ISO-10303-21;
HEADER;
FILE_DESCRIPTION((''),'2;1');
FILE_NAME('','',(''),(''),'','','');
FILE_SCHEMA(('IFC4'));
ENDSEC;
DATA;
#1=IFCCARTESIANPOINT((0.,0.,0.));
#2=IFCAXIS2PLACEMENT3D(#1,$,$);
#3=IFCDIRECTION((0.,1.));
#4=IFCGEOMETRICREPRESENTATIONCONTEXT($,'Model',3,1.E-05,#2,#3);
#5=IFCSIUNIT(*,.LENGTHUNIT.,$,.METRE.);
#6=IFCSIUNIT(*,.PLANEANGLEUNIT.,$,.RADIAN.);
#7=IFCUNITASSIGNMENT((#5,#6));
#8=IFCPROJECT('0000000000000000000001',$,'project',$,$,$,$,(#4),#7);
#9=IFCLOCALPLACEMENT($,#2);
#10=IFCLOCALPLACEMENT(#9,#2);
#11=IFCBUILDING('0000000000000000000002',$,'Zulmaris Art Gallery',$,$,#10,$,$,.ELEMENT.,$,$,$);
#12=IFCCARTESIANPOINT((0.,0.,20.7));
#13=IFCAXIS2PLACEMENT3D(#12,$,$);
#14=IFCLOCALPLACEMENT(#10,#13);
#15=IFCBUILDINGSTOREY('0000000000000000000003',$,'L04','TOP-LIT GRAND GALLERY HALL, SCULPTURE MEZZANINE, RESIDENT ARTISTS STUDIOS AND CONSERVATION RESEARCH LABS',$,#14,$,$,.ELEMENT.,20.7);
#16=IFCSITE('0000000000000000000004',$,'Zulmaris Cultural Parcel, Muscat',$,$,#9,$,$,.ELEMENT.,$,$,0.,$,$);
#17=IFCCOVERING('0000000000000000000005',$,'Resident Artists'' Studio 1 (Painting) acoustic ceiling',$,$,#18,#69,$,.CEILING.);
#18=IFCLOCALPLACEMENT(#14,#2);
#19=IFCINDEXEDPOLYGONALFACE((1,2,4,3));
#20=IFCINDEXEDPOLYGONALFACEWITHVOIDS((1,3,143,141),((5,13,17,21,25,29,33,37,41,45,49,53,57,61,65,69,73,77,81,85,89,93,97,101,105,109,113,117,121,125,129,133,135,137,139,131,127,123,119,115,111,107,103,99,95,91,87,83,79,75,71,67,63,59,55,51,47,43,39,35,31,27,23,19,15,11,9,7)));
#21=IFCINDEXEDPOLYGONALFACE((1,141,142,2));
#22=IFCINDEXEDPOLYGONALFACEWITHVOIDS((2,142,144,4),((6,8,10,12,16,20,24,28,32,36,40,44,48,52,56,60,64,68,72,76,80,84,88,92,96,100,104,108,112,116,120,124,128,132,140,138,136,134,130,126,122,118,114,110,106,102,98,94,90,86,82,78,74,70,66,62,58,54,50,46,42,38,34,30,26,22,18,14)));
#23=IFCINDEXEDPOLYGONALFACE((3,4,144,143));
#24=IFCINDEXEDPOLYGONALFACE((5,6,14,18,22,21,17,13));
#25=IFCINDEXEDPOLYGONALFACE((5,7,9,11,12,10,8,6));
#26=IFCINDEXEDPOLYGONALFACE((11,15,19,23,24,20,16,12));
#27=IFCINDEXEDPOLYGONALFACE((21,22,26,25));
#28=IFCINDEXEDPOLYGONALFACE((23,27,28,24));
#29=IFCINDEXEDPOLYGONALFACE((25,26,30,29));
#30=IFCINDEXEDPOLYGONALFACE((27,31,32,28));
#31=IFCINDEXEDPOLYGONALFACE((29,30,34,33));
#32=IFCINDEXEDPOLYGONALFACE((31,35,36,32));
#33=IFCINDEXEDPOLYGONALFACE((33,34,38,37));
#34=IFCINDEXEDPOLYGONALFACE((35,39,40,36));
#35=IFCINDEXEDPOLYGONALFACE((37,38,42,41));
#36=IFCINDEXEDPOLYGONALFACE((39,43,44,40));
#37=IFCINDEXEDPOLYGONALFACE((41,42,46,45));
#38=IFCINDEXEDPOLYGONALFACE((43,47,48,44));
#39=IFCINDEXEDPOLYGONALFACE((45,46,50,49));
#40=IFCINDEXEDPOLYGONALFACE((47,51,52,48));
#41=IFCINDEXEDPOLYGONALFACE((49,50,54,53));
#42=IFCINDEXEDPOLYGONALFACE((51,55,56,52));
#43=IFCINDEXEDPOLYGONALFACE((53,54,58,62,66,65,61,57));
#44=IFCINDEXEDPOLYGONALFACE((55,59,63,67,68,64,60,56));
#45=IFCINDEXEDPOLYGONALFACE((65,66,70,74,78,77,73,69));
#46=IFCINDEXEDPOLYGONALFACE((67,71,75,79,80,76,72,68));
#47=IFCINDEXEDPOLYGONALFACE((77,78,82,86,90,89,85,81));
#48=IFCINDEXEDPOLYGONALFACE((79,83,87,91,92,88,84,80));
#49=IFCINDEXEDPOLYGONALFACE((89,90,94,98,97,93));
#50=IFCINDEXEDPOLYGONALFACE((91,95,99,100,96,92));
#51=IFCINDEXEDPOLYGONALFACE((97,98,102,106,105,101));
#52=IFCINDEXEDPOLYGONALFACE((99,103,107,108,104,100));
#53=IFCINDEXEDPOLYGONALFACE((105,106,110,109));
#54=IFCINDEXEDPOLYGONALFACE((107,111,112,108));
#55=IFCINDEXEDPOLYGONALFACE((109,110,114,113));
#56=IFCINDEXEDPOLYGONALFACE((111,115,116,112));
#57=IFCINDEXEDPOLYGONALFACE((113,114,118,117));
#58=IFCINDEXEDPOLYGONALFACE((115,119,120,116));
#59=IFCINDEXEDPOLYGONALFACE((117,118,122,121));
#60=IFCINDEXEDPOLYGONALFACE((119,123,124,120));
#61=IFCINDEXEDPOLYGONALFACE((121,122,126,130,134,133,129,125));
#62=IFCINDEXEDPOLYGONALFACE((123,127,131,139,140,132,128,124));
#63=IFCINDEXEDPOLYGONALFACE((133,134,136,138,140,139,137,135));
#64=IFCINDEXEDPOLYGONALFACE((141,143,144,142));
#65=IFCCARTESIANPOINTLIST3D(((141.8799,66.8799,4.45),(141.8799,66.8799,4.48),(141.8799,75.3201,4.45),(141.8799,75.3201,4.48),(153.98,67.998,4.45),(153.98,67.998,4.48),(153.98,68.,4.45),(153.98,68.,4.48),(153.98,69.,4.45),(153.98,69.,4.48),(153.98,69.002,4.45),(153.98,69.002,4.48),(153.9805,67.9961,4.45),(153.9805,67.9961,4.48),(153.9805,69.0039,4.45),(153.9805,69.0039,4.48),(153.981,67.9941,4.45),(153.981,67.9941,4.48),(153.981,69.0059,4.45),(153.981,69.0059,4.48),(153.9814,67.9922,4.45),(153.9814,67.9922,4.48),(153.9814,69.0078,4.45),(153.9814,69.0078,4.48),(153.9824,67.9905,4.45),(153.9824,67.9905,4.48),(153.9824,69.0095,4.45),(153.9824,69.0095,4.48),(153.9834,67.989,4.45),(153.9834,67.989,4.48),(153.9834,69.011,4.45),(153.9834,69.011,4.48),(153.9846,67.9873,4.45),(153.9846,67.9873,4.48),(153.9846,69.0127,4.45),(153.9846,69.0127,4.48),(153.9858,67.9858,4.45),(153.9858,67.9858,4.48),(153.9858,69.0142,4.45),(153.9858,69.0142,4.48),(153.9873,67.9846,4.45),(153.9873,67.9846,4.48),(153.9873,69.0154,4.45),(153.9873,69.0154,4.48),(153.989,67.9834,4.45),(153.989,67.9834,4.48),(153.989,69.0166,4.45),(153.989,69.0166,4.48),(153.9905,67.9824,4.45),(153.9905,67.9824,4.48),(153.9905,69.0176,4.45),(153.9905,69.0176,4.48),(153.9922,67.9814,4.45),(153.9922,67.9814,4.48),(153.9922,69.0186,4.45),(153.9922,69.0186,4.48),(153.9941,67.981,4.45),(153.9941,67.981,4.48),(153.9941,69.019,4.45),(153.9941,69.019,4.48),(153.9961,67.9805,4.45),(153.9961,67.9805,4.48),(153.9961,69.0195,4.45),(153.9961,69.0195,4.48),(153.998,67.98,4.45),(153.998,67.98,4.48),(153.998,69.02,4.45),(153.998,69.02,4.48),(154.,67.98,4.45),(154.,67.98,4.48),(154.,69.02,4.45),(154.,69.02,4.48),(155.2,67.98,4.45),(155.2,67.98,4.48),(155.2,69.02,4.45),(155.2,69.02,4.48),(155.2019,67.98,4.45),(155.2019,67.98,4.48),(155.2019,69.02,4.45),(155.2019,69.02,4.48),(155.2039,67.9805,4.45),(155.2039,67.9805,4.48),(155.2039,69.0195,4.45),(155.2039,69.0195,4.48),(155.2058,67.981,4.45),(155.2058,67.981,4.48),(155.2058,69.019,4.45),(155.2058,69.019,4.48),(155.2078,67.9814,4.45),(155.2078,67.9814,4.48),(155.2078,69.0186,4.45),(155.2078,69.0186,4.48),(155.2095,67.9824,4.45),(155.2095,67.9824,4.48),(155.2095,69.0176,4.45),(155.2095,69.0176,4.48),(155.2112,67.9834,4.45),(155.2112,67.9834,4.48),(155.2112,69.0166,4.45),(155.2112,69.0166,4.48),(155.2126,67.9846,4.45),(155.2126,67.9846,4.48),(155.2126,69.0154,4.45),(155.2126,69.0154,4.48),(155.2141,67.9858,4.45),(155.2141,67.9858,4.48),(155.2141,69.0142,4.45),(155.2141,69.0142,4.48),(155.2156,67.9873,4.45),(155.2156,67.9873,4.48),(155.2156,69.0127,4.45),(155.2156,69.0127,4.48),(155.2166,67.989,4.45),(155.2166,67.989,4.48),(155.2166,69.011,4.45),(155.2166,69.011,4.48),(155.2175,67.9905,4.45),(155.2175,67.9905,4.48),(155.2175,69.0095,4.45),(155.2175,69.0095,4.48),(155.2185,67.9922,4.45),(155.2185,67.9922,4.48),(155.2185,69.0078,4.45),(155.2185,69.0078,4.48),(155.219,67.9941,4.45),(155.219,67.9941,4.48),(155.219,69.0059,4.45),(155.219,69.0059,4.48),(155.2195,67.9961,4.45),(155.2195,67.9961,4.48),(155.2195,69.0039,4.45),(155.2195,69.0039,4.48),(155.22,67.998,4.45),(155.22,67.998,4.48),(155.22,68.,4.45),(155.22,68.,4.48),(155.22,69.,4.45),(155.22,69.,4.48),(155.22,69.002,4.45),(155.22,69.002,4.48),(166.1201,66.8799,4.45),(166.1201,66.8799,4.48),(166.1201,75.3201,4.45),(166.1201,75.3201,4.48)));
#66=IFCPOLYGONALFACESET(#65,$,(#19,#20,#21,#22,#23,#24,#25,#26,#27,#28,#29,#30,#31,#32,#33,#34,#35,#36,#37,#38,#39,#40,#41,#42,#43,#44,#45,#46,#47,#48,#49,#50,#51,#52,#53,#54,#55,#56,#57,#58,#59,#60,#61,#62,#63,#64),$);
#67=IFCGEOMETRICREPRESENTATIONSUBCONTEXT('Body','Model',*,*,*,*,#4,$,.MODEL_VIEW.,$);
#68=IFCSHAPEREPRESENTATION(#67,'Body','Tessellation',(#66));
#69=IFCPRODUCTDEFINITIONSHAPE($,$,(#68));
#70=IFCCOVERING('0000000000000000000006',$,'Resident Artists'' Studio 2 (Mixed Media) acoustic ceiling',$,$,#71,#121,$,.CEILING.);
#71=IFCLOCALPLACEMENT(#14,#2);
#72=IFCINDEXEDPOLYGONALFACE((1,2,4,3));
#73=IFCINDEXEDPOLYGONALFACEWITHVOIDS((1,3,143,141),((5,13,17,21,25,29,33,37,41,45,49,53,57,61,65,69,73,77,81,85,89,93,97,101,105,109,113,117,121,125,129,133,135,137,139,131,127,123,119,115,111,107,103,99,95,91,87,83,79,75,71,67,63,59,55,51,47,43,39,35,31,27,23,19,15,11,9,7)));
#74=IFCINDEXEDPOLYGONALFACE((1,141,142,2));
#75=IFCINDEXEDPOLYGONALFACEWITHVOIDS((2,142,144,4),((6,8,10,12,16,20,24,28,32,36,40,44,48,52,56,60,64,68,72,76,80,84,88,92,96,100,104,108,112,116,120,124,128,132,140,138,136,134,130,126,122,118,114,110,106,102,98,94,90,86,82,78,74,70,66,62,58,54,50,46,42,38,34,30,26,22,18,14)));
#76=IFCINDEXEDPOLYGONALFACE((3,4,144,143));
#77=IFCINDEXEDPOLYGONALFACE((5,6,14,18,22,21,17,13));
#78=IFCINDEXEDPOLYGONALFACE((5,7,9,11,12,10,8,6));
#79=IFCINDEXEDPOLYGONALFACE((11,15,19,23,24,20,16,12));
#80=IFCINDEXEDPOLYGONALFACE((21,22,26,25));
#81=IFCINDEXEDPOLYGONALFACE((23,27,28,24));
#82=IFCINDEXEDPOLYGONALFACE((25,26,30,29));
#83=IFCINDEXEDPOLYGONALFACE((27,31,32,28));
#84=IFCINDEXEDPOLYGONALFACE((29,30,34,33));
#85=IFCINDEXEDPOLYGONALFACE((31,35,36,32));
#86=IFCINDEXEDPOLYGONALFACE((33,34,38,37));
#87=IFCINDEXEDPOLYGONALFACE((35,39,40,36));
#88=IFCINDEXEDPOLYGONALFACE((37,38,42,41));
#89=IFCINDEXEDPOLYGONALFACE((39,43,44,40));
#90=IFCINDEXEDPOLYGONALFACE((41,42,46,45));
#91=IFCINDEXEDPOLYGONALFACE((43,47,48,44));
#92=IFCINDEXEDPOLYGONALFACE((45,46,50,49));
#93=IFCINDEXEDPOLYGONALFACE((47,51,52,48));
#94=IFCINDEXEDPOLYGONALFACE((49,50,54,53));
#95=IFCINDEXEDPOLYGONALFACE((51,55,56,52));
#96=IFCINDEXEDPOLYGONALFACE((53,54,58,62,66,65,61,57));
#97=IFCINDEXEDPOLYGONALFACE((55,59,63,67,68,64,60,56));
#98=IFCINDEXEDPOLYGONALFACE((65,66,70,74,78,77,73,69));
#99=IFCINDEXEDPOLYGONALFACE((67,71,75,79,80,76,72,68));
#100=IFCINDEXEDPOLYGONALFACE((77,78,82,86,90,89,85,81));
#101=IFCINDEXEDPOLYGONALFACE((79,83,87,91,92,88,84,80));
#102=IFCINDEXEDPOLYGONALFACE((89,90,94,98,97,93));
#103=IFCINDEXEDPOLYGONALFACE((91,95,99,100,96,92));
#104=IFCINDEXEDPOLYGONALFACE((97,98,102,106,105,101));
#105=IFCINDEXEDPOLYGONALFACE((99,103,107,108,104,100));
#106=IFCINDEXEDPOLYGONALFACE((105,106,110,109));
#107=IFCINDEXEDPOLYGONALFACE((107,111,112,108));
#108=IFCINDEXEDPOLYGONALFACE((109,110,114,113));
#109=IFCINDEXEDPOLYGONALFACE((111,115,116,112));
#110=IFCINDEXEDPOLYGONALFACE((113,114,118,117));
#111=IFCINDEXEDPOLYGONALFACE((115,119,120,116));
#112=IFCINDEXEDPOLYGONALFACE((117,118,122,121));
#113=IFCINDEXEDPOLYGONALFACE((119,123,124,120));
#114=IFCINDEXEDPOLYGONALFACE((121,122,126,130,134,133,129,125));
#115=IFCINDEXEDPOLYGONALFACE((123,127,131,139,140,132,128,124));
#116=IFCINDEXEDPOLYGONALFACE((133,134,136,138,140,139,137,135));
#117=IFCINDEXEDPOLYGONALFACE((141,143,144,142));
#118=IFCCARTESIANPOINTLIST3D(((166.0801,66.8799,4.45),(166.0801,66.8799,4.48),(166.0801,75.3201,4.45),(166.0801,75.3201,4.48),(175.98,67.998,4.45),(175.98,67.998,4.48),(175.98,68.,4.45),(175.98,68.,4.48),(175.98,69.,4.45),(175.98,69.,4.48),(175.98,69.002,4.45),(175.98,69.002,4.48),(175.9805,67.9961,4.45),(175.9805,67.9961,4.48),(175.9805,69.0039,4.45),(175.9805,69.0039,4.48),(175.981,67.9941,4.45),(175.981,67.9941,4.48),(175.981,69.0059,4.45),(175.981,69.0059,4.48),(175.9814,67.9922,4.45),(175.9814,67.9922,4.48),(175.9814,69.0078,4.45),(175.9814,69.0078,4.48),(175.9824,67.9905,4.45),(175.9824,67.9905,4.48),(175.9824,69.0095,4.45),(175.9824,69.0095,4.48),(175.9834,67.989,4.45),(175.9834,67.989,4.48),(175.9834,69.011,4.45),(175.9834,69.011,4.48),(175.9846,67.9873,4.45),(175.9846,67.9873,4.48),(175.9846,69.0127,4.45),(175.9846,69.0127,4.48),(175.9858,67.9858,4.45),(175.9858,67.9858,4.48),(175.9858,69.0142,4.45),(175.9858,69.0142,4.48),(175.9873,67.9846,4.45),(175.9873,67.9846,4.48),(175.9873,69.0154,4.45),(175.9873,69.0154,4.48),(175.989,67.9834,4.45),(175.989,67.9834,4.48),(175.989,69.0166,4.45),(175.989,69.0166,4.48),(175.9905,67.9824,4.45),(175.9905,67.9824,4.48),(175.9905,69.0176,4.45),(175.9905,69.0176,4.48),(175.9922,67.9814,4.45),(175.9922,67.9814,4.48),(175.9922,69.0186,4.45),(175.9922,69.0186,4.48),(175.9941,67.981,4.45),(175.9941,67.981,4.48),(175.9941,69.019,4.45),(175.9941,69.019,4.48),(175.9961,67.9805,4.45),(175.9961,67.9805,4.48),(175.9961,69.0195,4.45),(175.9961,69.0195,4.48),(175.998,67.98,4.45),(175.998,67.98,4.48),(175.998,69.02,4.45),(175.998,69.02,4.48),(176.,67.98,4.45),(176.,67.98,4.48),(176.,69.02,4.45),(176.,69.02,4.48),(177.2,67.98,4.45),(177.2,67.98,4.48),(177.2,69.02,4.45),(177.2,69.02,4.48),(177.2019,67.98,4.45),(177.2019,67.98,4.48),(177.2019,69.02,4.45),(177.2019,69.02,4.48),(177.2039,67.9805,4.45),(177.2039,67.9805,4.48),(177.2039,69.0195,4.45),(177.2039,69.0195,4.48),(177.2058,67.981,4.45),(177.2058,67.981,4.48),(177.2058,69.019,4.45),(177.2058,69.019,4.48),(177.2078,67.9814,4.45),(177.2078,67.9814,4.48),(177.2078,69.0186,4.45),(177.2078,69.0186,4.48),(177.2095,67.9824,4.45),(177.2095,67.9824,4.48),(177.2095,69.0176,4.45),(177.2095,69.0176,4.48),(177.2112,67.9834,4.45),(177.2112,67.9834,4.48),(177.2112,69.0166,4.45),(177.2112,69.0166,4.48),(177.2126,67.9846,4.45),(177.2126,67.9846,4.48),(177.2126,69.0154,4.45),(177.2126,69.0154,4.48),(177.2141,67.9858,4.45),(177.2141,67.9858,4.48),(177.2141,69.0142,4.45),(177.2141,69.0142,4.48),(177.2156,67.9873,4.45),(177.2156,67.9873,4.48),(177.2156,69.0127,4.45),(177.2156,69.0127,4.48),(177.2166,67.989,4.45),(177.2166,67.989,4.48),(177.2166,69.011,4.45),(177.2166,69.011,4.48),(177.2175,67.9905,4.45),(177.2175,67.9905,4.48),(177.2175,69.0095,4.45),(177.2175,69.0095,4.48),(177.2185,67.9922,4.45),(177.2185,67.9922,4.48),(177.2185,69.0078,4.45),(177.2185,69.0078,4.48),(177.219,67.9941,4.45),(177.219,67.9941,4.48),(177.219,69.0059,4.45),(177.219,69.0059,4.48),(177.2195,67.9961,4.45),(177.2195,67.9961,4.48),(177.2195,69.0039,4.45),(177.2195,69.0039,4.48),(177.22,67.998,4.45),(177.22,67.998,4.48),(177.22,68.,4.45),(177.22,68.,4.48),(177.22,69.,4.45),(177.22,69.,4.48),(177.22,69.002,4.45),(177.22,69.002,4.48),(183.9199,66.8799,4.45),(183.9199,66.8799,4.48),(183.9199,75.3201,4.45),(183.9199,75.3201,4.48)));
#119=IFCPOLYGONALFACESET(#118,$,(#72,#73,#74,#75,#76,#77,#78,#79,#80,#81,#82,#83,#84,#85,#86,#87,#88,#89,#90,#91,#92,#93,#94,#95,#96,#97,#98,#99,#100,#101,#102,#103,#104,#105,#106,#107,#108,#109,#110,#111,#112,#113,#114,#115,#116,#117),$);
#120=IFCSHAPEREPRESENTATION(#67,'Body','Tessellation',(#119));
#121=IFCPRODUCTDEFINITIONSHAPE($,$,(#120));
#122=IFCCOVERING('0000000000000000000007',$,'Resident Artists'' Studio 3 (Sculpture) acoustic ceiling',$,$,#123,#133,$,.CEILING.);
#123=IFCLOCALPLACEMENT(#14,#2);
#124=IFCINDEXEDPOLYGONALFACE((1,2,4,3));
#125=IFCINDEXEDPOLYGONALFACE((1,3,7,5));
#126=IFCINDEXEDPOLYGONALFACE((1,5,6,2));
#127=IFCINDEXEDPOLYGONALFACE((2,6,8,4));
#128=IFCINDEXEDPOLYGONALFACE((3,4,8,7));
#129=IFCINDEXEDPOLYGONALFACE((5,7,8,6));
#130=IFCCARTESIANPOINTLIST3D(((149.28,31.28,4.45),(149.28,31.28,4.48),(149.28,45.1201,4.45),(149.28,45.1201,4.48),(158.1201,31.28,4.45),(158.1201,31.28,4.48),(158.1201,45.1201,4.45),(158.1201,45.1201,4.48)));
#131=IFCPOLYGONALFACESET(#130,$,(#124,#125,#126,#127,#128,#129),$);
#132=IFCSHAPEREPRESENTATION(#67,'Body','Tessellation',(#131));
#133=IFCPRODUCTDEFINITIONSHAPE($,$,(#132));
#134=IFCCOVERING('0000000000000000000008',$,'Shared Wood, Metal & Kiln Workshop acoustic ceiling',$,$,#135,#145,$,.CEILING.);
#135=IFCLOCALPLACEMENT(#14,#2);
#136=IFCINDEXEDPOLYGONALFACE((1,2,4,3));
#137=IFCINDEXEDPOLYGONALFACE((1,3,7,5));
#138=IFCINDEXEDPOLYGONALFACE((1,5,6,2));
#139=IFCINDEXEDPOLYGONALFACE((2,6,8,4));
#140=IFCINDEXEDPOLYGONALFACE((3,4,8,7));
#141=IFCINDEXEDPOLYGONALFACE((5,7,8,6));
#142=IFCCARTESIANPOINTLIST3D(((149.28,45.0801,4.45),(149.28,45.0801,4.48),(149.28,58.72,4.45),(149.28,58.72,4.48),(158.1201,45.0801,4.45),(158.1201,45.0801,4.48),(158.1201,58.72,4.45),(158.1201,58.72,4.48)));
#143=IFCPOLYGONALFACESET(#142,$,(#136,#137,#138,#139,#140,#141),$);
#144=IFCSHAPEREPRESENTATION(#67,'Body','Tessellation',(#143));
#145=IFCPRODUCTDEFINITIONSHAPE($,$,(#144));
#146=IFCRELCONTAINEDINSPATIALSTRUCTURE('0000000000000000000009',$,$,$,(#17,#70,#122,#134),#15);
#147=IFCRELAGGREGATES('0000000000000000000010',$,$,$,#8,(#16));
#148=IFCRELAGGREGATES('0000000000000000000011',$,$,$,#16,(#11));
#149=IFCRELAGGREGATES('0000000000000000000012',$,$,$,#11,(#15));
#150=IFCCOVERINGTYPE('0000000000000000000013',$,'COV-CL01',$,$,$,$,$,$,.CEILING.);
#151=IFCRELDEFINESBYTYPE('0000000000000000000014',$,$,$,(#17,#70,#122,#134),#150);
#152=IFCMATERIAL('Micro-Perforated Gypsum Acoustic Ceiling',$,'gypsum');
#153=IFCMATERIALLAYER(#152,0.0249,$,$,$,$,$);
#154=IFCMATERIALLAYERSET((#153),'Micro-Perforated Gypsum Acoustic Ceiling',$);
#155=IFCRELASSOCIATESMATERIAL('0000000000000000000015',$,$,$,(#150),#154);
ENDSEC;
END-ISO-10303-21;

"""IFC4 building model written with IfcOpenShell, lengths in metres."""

from ifc_helpers import new_model, si_unit, direction, frame, origin, place, context, subcontext, project, spatial, polyline, outline, extrude, material, layer, layer_set, type_object, element, save


model = new_model("IFC4")

# Units and contexts
model_context = context("Model", 3, precision=1e-05, world=origin(), true_north=direction((0.0, 1.0)))
body_context = subcontext(model_context, "Body", "Model", "MODEL_VIEW")
ifc_project = project(units=[si_unit("LENGTHUNIT", "METRE"), si_unit("PLANEANGLEUNIT", "RADIAN")], contexts=[model_context])

# Site, building, storey
site_placement = place(None, origin())
site = spatial("IfcSite", under=ifc_project, at=site_placement, Name="Zulmaris Cultural Parcel, Muscat", CompositionType="ELEMENT", RefElevation=0.0)
building_placement = place(site_placement, origin())
building = spatial("IfcBuilding", under=site, at=building_placement, Name="Zulmaris Art Gallery", CompositionType="ELEMENT")
storey_placement = place(building_placement, frame((0.0, 0.0, 20.7)))
storey = spatial("IfcBuildingStorey", under=building, at=storey_placement, Name="L04", Description="TOP-LIT GRAND GALLERY HALL, SCULPTURE MEZZANINE, RESIDENT ARTISTS STUDIOS AND CONSERVATION RESEARCH LABS", CompositionType="ELEMENT", Elevation=20.7)

# Coverings
ifc_material_1 = material(Name="Micro-Perforated Gypsum Acoustic Ceiling", Category="gypsum")
ifc_layer_1 = layer(ifc_material_1, 0.0249)
ifc_layer_set_1 = layer_set([ifc_layer_1], Name="Micro-Perforated Gypsum Acoustic Ceiling")
covering_type_1 = type_object("IfcCoveringType", Name="COV-CL01", PredefinedType="CEILING", material=ifc_layer_set_1)
covering_1_placement = place(storey_placement, frame((0.0, 0.0, 4.45)))
element("IfcCovering", 1, at=covering_1_placement, inside=storey, type_object=covering_type_1, Name="Resident Artists' Studio 1 (Painting) acoustic ceiling", PredefinedType="CEILING", context=body_context, shape_type="SweptSolid", body=[
    extrude(outline(polyline([(141.8799, 75.3201), (166.1201, 75.3201), (166.1201, 66.8799), (141.8799, 66.8799), (141.8799, 75.3201)]), holes=[polyline([(153.998, 69.02), (153.9961, 69.0195), (153.9941, 69.019), (153.9922, 69.0186), (153.9905, 69.0176), (153.989, 69.0166), (153.9873, 69.0154), (153.9858, 69.0142), (153.9846, 69.0127), (153.9834, 69.011), (153.9824, 69.0095), (153.9814, 69.0078), (153.981, 69.0059), (153.9805, 69.0039), (153.98, 69.002), (153.98, 69.0), (153.98, 68.0), (153.98, 67.998), (153.9805, 67.9961), (153.981, 67.9941), (153.9814, 67.9922), (153.9824, 67.9905), (153.9834, 67.989), (153.9846, 67.9873), (153.9858, 67.9858), (153.9873, 67.9846), (153.989, 67.9834), (153.9905, 67.9824), (153.9922, 67.9814), (153.9941, 67.981), (153.9961, 67.9805), (153.998, 67.98), (154.0, 67.98), (155.2, 67.98), (155.2019, 67.98), (155.2039, 67.9805), (155.2058, 67.981), (155.2078, 67.9814), (155.2095, 67.9824), (155.2112, 67.9834), (155.2126, 67.9846), (155.2141, 67.9858), (155.2156, 67.9873), (155.2166, 67.989), (155.2175, 67.9905), (155.2185, 67.9922), (155.219, 67.9941), (155.2195, 67.9961), (155.22, 67.998), (155.22, 68.0), (155.22, 69.0), (155.22, 69.002), (155.2195, 69.0039), (155.219, 69.0059), (155.2185, 69.0078), (155.2175, 69.0095), (155.2166, 69.011), (155.2156, 69.0127), (155.2141, 69.0142), (155.2126, 69.0154), (155.2112, 69.0166), (155.2095, 69.0176), (155.2078, 69.0186), (155.2058, 69.019), (155.2039, 69.0195), (155.2019, 69.02), (155.2, 69.02), (154.0, 69.02), (153.998, 69.02)])]), origin(), (0.0, 0.0, 1.0), 0.03),
])
covering_2_placement = place(storey_placement, frame((0.0, 0.0, 4.45)))
element("IfcCovering", 2, at=covering_2_placement, inside=storey, type_object=covering_type_1, Name="Resident Artists' Studio 2 (Mixed Media) acoustic ceiling", PredefinedType="CEILING", context=body_context, shape_type="SweptSolid", body=[
    extrude(outline(polyline([(166.0801, 75.3201), (183.9199, 75.3201), (183.9199, 66.8799), (166.0801, 66.8799), (166.0801, 75.3201)]), holes=[polyline([(177.2019, 67.98), (177.2039, 67.9805), (177.2058, 67.981), (177.2078, 67.9814), (177.2095, 67.9824), (177.2112, 67.9834), (177.2126, 67.9846), (177.2141, 67.9858), (177.2156, 67.9873), (177.2166, 67.989), (177.2175, 67.9905), (177.2185, 67.9922), (177.219, 67.9941), (177.2195, 67.9961), (177.22, 67.998), (177.22, 68.0), (177.22, 69.0), (177.22, 69.002), (177.2195, 69.0039), (177.219, 69.0059), (177.2185, 69.0078), (177.2175, 69.0095), (177.2166, 69.011), (177.2156, 69.0127), (177.2141, 69.0142), (177.2126, 69.0154), (177.2112, 69.0166), (177.2095, 69.0176), (177.2078, 69.0186), (177.2058, 69.019), (177.2039, 69.0195), (177.2019, 69.02), (177.2, 69.02), (176.0, 69.02), (175.998, 69.02), (175.9961, 69.0195), (175.9941, 69.019), (175.9922, 69.0186), (175.9905, 69.0176), (175.989, 69.0166), (175.9873, 69.0154), (175.9858, 69.0142), (175.9846, 69.0127), (175.9834, 69.011), (175.9824, 69.0095), (175.9814, 69.0078), (175.981, 69.0059), (175.9805, 69.0039), (175.98, 69.002), (175.98, 69.0), (175.98, 68.0), (175.98, 67.998), (175.9805, 67.9961), (175.981, 67.9941), (175.9814, 67.9922), (175.9824, 67.9905), (175.9834, 67.989), (175.9846, 67.9873), (175.9858, 67.9858), (175.9873, 67.9846), (175.989, 67.9834), (175.9905, 67.9824), (175.9922, 67.9814), (175.9941, 67.981), (175.9961, 67.9805), (175.998, 67.98), (176.0, 67.98), (177.2, 67.98), (177.2019, 67.98)])]), origin(), (0.0, 0.0, 1.0), 0.03),
])
covering_3_placement = place(storey_placement, frame((0.0, 0.0, 4.45)))
element("IfcCovering", 3, at=covering_3_placement, inside=storey, type_object=covering_type_1, Name="Resident Artists' Studio 3 (Sculpture) acoustic ceiling", PredefinedType="CEILING", context=body_context, shape_type="SweptSolid", body=[
    extrude(outline(polyline([(149.28, 45.1201), (158.1201, 45.1201), (158.1201, 31.28), (149.28, 31.28), (149.28, 45.1201)])), origin(), (0.0, 0.0, 1.0), 0.03),
])
covering_4_placement = place(storey_placement, frame((0.0, 0.0, 4.45)))
element("IfcCovering", 4, at=covering_4_placement, inside=storey, type_object=covering_type_1, Name="Shared Wood, Metal & Kiln Workshop acoustic ceiling", PredefinedType="CEILING", context=body_context, shape_type="SweptSolid", body=[
    extrude(outline(polyline([(149.28, 58.72), (158.1201, 58.72), (158.1201, 45.0801), (149.28, 45.0801), (149.28, 58.72)])), origin(), (0.0, 0.0, 1.0), 0.03),
])

save(model, "model.ifc")
